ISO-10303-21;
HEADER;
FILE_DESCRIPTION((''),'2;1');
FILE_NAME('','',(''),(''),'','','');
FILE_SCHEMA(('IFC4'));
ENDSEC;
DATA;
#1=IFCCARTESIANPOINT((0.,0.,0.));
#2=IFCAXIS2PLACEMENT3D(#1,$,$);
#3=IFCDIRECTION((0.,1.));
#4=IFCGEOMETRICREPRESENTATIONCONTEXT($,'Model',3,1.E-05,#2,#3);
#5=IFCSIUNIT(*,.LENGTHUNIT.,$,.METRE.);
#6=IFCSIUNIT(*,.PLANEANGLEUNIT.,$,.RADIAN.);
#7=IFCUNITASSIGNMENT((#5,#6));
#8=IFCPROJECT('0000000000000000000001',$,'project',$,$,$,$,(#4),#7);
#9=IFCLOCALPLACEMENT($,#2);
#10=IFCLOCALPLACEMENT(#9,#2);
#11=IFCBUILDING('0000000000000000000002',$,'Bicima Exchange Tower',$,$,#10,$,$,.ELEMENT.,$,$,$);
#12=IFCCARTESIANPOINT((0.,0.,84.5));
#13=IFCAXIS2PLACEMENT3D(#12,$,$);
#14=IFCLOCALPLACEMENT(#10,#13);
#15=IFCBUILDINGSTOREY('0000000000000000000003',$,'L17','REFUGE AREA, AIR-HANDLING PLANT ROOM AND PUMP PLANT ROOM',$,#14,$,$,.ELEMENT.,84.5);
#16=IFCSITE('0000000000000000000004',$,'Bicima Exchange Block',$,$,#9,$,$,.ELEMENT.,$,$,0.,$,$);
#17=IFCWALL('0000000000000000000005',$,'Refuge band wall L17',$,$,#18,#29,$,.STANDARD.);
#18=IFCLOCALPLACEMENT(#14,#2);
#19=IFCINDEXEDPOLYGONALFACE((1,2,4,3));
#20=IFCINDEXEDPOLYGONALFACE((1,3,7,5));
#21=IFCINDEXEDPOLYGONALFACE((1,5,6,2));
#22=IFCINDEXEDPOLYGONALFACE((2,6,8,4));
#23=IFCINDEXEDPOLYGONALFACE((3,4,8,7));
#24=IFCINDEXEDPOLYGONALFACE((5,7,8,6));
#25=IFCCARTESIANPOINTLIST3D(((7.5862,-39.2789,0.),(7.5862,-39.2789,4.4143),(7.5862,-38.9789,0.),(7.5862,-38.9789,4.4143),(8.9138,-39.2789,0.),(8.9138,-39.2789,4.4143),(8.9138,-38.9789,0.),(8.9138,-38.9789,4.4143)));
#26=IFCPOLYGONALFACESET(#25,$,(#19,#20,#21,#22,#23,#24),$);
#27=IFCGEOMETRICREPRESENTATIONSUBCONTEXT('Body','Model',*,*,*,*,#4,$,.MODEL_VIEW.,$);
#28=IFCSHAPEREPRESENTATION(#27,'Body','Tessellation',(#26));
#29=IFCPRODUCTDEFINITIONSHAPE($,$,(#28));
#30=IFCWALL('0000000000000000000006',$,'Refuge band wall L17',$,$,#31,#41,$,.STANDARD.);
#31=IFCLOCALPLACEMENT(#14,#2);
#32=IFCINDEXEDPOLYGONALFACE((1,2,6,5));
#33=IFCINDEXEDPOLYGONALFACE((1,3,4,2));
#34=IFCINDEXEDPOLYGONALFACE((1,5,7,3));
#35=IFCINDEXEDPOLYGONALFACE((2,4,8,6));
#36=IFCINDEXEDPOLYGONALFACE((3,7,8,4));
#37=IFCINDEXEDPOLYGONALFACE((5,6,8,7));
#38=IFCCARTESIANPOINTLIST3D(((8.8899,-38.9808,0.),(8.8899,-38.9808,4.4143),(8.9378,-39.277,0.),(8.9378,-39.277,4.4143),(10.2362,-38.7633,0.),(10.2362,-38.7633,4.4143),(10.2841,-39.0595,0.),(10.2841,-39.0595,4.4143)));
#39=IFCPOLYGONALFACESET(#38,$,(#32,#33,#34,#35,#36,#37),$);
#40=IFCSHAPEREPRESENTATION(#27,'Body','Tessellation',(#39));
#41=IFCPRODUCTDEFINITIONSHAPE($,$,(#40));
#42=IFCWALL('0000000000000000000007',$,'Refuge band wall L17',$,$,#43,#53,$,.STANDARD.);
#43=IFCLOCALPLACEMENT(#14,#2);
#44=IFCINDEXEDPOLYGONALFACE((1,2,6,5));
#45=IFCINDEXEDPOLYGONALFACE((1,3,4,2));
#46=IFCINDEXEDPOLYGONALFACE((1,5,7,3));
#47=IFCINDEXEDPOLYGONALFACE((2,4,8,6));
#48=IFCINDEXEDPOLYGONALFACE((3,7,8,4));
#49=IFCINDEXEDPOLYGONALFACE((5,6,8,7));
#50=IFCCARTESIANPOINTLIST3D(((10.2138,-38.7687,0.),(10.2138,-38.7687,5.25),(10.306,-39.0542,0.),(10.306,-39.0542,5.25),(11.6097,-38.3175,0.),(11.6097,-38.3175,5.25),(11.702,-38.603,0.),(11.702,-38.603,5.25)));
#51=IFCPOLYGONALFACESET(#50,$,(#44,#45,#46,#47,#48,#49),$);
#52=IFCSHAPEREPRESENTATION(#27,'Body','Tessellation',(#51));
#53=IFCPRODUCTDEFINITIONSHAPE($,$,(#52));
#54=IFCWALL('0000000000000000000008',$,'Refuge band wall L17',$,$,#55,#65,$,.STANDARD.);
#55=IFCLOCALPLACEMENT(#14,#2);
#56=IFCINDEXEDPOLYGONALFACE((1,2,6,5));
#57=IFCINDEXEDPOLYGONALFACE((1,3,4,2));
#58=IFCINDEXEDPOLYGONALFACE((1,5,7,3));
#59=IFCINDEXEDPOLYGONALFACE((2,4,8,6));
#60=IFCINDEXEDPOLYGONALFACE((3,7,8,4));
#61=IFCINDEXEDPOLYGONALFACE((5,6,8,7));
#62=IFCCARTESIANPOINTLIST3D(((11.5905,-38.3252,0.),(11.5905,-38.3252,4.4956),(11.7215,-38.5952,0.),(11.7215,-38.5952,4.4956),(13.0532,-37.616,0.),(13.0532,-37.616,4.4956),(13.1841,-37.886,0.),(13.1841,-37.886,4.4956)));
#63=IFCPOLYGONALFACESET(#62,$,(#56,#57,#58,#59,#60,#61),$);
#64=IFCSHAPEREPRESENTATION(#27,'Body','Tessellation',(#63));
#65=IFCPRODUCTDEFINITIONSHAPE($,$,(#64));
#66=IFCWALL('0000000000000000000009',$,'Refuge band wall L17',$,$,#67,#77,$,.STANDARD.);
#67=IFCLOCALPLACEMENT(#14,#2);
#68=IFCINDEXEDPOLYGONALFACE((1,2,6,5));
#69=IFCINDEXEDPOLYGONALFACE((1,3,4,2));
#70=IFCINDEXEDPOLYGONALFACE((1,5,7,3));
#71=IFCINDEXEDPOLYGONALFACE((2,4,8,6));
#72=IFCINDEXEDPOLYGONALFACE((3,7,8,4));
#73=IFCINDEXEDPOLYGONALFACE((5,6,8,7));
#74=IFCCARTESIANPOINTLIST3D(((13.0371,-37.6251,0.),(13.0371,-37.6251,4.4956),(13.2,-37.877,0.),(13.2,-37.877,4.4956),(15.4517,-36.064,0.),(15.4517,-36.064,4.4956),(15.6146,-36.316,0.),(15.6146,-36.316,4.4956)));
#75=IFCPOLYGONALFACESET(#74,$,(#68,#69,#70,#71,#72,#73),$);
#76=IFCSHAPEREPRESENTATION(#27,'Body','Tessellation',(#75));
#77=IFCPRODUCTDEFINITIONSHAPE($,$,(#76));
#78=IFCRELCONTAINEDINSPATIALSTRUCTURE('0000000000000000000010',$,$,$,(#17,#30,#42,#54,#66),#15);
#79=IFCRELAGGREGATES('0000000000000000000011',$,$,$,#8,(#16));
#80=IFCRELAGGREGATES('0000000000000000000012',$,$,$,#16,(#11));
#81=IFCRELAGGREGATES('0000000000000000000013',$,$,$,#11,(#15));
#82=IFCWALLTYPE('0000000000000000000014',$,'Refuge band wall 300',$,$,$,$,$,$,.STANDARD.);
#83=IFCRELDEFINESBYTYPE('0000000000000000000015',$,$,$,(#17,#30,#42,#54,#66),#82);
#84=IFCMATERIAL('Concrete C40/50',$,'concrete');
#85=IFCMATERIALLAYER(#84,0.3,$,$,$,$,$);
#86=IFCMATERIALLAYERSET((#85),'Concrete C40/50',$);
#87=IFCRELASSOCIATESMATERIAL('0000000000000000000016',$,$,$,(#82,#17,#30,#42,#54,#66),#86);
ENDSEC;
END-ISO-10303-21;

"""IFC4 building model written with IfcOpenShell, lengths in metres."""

from ifc_helpers import new_model, si_unit, direction, frame, frame_2d, origin, place, context, subcontext, project, spatial, rectangle, extrude, material, layer, layer_set, layer_usage, type_object, element, save


model = new_model("IFC4")

# Units and contexts
model_context = context("Model", 3, precision=1e-05, world=origin(), true_north=direction((0.0, 1.0)))
body_context = subcontext(model_context, "Body", "Model", "MODEL_VIEW")
ifc_project = project(units=[si_unit("LENGTHUNIT", "METRE"), si_unit("PLANEANGLEUNIT", "RADIAN")], contexts=[model_context])

# Site, building, storey
site_placement = place(None, origin())
site = spatial("IfcSite", under=ifc_project, at=site_placement, Name="Bicima Exchange Block", CompositionType="ELEMENT", RefElevation=0.0)
building_placement = place(site_placement, origin())
building = spatial("IfcBuilding", under=site, at=building_placement, Name="Bicima Exchange Tower", CompositionType="ELEMENT")
storey_placement = place(building_placement, frame((0.0, 0.0, 84.5)))
storey = spatial("IfcBuildingStorey", under=building, at=storey_placement, Name="L17", Description="REFUGE AREA, AIR-HANDLING PLANT ROOM AND PUMP PLANT ROOM", CompositionType="ELEMENT", Elevation=84.5)

# Walls
ifc_material_1 = material(Name="Concrete C40/50", Category="concrete")
ifc_layer_1 = layer(ifc_material_1, 0.3)
ifc_layer_set_1 = layer_set([ifc_layer_1], Name="Concrete C40/50")
ifc_layer_usage = layer_usage(ifc_layer_set_1, "AXIS2", "POSITIVE", -0.15)
wall_type_1 = type_object("IfcWallType", Name="Refuge band wall 300", PredefinedType="STANDARD", material=ifc_layer_set_1)
wall_1_placement = place(storey_placement, frame((7.5862, -39.1289, 0.0), z_axis=(0.0, 0.0, 1.0), x_axis=(1.0, 0.0, 0.0)))
element("IfcWall", 1, at=wall_1_placement, inside=storey, type_object=wall_type_1, material=ifc_layer_usage, Name="Refuge band wall L17", PredefinedType="STANDARD", context=body_context, shape_type="SweptSolid", body=[
    extrude(rectangle(XDim=1.3276, YDim=0.3, at=frame_2d((0.6638, 0.0))), origin(), (0.0, 0.0, 1.0), 4.4143),
])
wall_2_placement = place(storey_placement, frame((8.9138, -39.1289, 0.0), z_axis=(0.0, 0.0, 1.0), x_axis=(0.987195, 0.15952, 0.0)))
element("IfcWall", 2, at=wall_2_placement, inside=storey, type_object=wall_type_1, material=ifc_layer_usage, Name="Refuge band wall L17", PredefinedType="STANDARD", context=body_context, shape_type="SweptSolid", body=[
    extrude(rectangle(XDim=1.3638, YDim=0.3, at=frame_2d((0.6819, 0.0))), origin(), (0.0, 0.0, 1.0), 4.4143),
])
wall_3_placement = place(storey_placement, frame((10.26, -38.9114, 0.0), z_axis=(0.0, 0.0, 1.0), x_axis=(0.951539, 0.307528, 0.0)))
element("IfcWall", 3, at=wall_3_placement, inside=storey, type_object=wall_type_1, material=ifc_layer_usage, Name="Refuge band wall L17", PredefinedType="STANDARD", context=body_context, shape_type="SweptSolid", body=[
    extrude(rectangle(XDim=1.467, YDim=0.3, at=frame_2d((0.7334, 0.0))), origin(), (0.0, 0.0, 1.0), 5.25),
])
wall_4_placement = place(storey_placement, frame((11.656, -38.4602, 0.0), z_axis=(0.0, 0.0, 1.0), x_axis=(0.899798, 0.436307, 0.0)))
element("IfcWall", 4, at=wall_4_placement, inside=storey, type_object=wall_type_1, material=ifc_layer_usage, Name="Refuge band wall L17", PredefinedType="STANDARD", context=body_context, shape_type="SweptSolid", body=[
    extrude(rectangle(XDim=1.6255, YDim=0.3, at=frame_2d((0.8127, 0.0))), origin(), (0.0, 0.0, 1.0), 4.4956),
])
wall_5_placement = place(storey_placement, frame((13.1187, -37.751, 0.0), z_axis=(0.0, 0.0, 1.0), x_axis=(0.83978, 0.542927, 0.0)))
element("IfcWall", 5, at=wall_5_placement, inside=storey, type_object=wall_type_1, material=ifc_layer_usage, Name="Refuge band wall L17", PredefinedType="STANDARD", context=body_context, shape_type="SweptSolid", body=[
    extrude(rectangle(XDim=2.8752, YDim=0.3, at=frame_2d((1.4375, 0.0))), origin(), (0.0, 0.0, 1.0), 4.4956),
])

save(model, "model.ifc")
